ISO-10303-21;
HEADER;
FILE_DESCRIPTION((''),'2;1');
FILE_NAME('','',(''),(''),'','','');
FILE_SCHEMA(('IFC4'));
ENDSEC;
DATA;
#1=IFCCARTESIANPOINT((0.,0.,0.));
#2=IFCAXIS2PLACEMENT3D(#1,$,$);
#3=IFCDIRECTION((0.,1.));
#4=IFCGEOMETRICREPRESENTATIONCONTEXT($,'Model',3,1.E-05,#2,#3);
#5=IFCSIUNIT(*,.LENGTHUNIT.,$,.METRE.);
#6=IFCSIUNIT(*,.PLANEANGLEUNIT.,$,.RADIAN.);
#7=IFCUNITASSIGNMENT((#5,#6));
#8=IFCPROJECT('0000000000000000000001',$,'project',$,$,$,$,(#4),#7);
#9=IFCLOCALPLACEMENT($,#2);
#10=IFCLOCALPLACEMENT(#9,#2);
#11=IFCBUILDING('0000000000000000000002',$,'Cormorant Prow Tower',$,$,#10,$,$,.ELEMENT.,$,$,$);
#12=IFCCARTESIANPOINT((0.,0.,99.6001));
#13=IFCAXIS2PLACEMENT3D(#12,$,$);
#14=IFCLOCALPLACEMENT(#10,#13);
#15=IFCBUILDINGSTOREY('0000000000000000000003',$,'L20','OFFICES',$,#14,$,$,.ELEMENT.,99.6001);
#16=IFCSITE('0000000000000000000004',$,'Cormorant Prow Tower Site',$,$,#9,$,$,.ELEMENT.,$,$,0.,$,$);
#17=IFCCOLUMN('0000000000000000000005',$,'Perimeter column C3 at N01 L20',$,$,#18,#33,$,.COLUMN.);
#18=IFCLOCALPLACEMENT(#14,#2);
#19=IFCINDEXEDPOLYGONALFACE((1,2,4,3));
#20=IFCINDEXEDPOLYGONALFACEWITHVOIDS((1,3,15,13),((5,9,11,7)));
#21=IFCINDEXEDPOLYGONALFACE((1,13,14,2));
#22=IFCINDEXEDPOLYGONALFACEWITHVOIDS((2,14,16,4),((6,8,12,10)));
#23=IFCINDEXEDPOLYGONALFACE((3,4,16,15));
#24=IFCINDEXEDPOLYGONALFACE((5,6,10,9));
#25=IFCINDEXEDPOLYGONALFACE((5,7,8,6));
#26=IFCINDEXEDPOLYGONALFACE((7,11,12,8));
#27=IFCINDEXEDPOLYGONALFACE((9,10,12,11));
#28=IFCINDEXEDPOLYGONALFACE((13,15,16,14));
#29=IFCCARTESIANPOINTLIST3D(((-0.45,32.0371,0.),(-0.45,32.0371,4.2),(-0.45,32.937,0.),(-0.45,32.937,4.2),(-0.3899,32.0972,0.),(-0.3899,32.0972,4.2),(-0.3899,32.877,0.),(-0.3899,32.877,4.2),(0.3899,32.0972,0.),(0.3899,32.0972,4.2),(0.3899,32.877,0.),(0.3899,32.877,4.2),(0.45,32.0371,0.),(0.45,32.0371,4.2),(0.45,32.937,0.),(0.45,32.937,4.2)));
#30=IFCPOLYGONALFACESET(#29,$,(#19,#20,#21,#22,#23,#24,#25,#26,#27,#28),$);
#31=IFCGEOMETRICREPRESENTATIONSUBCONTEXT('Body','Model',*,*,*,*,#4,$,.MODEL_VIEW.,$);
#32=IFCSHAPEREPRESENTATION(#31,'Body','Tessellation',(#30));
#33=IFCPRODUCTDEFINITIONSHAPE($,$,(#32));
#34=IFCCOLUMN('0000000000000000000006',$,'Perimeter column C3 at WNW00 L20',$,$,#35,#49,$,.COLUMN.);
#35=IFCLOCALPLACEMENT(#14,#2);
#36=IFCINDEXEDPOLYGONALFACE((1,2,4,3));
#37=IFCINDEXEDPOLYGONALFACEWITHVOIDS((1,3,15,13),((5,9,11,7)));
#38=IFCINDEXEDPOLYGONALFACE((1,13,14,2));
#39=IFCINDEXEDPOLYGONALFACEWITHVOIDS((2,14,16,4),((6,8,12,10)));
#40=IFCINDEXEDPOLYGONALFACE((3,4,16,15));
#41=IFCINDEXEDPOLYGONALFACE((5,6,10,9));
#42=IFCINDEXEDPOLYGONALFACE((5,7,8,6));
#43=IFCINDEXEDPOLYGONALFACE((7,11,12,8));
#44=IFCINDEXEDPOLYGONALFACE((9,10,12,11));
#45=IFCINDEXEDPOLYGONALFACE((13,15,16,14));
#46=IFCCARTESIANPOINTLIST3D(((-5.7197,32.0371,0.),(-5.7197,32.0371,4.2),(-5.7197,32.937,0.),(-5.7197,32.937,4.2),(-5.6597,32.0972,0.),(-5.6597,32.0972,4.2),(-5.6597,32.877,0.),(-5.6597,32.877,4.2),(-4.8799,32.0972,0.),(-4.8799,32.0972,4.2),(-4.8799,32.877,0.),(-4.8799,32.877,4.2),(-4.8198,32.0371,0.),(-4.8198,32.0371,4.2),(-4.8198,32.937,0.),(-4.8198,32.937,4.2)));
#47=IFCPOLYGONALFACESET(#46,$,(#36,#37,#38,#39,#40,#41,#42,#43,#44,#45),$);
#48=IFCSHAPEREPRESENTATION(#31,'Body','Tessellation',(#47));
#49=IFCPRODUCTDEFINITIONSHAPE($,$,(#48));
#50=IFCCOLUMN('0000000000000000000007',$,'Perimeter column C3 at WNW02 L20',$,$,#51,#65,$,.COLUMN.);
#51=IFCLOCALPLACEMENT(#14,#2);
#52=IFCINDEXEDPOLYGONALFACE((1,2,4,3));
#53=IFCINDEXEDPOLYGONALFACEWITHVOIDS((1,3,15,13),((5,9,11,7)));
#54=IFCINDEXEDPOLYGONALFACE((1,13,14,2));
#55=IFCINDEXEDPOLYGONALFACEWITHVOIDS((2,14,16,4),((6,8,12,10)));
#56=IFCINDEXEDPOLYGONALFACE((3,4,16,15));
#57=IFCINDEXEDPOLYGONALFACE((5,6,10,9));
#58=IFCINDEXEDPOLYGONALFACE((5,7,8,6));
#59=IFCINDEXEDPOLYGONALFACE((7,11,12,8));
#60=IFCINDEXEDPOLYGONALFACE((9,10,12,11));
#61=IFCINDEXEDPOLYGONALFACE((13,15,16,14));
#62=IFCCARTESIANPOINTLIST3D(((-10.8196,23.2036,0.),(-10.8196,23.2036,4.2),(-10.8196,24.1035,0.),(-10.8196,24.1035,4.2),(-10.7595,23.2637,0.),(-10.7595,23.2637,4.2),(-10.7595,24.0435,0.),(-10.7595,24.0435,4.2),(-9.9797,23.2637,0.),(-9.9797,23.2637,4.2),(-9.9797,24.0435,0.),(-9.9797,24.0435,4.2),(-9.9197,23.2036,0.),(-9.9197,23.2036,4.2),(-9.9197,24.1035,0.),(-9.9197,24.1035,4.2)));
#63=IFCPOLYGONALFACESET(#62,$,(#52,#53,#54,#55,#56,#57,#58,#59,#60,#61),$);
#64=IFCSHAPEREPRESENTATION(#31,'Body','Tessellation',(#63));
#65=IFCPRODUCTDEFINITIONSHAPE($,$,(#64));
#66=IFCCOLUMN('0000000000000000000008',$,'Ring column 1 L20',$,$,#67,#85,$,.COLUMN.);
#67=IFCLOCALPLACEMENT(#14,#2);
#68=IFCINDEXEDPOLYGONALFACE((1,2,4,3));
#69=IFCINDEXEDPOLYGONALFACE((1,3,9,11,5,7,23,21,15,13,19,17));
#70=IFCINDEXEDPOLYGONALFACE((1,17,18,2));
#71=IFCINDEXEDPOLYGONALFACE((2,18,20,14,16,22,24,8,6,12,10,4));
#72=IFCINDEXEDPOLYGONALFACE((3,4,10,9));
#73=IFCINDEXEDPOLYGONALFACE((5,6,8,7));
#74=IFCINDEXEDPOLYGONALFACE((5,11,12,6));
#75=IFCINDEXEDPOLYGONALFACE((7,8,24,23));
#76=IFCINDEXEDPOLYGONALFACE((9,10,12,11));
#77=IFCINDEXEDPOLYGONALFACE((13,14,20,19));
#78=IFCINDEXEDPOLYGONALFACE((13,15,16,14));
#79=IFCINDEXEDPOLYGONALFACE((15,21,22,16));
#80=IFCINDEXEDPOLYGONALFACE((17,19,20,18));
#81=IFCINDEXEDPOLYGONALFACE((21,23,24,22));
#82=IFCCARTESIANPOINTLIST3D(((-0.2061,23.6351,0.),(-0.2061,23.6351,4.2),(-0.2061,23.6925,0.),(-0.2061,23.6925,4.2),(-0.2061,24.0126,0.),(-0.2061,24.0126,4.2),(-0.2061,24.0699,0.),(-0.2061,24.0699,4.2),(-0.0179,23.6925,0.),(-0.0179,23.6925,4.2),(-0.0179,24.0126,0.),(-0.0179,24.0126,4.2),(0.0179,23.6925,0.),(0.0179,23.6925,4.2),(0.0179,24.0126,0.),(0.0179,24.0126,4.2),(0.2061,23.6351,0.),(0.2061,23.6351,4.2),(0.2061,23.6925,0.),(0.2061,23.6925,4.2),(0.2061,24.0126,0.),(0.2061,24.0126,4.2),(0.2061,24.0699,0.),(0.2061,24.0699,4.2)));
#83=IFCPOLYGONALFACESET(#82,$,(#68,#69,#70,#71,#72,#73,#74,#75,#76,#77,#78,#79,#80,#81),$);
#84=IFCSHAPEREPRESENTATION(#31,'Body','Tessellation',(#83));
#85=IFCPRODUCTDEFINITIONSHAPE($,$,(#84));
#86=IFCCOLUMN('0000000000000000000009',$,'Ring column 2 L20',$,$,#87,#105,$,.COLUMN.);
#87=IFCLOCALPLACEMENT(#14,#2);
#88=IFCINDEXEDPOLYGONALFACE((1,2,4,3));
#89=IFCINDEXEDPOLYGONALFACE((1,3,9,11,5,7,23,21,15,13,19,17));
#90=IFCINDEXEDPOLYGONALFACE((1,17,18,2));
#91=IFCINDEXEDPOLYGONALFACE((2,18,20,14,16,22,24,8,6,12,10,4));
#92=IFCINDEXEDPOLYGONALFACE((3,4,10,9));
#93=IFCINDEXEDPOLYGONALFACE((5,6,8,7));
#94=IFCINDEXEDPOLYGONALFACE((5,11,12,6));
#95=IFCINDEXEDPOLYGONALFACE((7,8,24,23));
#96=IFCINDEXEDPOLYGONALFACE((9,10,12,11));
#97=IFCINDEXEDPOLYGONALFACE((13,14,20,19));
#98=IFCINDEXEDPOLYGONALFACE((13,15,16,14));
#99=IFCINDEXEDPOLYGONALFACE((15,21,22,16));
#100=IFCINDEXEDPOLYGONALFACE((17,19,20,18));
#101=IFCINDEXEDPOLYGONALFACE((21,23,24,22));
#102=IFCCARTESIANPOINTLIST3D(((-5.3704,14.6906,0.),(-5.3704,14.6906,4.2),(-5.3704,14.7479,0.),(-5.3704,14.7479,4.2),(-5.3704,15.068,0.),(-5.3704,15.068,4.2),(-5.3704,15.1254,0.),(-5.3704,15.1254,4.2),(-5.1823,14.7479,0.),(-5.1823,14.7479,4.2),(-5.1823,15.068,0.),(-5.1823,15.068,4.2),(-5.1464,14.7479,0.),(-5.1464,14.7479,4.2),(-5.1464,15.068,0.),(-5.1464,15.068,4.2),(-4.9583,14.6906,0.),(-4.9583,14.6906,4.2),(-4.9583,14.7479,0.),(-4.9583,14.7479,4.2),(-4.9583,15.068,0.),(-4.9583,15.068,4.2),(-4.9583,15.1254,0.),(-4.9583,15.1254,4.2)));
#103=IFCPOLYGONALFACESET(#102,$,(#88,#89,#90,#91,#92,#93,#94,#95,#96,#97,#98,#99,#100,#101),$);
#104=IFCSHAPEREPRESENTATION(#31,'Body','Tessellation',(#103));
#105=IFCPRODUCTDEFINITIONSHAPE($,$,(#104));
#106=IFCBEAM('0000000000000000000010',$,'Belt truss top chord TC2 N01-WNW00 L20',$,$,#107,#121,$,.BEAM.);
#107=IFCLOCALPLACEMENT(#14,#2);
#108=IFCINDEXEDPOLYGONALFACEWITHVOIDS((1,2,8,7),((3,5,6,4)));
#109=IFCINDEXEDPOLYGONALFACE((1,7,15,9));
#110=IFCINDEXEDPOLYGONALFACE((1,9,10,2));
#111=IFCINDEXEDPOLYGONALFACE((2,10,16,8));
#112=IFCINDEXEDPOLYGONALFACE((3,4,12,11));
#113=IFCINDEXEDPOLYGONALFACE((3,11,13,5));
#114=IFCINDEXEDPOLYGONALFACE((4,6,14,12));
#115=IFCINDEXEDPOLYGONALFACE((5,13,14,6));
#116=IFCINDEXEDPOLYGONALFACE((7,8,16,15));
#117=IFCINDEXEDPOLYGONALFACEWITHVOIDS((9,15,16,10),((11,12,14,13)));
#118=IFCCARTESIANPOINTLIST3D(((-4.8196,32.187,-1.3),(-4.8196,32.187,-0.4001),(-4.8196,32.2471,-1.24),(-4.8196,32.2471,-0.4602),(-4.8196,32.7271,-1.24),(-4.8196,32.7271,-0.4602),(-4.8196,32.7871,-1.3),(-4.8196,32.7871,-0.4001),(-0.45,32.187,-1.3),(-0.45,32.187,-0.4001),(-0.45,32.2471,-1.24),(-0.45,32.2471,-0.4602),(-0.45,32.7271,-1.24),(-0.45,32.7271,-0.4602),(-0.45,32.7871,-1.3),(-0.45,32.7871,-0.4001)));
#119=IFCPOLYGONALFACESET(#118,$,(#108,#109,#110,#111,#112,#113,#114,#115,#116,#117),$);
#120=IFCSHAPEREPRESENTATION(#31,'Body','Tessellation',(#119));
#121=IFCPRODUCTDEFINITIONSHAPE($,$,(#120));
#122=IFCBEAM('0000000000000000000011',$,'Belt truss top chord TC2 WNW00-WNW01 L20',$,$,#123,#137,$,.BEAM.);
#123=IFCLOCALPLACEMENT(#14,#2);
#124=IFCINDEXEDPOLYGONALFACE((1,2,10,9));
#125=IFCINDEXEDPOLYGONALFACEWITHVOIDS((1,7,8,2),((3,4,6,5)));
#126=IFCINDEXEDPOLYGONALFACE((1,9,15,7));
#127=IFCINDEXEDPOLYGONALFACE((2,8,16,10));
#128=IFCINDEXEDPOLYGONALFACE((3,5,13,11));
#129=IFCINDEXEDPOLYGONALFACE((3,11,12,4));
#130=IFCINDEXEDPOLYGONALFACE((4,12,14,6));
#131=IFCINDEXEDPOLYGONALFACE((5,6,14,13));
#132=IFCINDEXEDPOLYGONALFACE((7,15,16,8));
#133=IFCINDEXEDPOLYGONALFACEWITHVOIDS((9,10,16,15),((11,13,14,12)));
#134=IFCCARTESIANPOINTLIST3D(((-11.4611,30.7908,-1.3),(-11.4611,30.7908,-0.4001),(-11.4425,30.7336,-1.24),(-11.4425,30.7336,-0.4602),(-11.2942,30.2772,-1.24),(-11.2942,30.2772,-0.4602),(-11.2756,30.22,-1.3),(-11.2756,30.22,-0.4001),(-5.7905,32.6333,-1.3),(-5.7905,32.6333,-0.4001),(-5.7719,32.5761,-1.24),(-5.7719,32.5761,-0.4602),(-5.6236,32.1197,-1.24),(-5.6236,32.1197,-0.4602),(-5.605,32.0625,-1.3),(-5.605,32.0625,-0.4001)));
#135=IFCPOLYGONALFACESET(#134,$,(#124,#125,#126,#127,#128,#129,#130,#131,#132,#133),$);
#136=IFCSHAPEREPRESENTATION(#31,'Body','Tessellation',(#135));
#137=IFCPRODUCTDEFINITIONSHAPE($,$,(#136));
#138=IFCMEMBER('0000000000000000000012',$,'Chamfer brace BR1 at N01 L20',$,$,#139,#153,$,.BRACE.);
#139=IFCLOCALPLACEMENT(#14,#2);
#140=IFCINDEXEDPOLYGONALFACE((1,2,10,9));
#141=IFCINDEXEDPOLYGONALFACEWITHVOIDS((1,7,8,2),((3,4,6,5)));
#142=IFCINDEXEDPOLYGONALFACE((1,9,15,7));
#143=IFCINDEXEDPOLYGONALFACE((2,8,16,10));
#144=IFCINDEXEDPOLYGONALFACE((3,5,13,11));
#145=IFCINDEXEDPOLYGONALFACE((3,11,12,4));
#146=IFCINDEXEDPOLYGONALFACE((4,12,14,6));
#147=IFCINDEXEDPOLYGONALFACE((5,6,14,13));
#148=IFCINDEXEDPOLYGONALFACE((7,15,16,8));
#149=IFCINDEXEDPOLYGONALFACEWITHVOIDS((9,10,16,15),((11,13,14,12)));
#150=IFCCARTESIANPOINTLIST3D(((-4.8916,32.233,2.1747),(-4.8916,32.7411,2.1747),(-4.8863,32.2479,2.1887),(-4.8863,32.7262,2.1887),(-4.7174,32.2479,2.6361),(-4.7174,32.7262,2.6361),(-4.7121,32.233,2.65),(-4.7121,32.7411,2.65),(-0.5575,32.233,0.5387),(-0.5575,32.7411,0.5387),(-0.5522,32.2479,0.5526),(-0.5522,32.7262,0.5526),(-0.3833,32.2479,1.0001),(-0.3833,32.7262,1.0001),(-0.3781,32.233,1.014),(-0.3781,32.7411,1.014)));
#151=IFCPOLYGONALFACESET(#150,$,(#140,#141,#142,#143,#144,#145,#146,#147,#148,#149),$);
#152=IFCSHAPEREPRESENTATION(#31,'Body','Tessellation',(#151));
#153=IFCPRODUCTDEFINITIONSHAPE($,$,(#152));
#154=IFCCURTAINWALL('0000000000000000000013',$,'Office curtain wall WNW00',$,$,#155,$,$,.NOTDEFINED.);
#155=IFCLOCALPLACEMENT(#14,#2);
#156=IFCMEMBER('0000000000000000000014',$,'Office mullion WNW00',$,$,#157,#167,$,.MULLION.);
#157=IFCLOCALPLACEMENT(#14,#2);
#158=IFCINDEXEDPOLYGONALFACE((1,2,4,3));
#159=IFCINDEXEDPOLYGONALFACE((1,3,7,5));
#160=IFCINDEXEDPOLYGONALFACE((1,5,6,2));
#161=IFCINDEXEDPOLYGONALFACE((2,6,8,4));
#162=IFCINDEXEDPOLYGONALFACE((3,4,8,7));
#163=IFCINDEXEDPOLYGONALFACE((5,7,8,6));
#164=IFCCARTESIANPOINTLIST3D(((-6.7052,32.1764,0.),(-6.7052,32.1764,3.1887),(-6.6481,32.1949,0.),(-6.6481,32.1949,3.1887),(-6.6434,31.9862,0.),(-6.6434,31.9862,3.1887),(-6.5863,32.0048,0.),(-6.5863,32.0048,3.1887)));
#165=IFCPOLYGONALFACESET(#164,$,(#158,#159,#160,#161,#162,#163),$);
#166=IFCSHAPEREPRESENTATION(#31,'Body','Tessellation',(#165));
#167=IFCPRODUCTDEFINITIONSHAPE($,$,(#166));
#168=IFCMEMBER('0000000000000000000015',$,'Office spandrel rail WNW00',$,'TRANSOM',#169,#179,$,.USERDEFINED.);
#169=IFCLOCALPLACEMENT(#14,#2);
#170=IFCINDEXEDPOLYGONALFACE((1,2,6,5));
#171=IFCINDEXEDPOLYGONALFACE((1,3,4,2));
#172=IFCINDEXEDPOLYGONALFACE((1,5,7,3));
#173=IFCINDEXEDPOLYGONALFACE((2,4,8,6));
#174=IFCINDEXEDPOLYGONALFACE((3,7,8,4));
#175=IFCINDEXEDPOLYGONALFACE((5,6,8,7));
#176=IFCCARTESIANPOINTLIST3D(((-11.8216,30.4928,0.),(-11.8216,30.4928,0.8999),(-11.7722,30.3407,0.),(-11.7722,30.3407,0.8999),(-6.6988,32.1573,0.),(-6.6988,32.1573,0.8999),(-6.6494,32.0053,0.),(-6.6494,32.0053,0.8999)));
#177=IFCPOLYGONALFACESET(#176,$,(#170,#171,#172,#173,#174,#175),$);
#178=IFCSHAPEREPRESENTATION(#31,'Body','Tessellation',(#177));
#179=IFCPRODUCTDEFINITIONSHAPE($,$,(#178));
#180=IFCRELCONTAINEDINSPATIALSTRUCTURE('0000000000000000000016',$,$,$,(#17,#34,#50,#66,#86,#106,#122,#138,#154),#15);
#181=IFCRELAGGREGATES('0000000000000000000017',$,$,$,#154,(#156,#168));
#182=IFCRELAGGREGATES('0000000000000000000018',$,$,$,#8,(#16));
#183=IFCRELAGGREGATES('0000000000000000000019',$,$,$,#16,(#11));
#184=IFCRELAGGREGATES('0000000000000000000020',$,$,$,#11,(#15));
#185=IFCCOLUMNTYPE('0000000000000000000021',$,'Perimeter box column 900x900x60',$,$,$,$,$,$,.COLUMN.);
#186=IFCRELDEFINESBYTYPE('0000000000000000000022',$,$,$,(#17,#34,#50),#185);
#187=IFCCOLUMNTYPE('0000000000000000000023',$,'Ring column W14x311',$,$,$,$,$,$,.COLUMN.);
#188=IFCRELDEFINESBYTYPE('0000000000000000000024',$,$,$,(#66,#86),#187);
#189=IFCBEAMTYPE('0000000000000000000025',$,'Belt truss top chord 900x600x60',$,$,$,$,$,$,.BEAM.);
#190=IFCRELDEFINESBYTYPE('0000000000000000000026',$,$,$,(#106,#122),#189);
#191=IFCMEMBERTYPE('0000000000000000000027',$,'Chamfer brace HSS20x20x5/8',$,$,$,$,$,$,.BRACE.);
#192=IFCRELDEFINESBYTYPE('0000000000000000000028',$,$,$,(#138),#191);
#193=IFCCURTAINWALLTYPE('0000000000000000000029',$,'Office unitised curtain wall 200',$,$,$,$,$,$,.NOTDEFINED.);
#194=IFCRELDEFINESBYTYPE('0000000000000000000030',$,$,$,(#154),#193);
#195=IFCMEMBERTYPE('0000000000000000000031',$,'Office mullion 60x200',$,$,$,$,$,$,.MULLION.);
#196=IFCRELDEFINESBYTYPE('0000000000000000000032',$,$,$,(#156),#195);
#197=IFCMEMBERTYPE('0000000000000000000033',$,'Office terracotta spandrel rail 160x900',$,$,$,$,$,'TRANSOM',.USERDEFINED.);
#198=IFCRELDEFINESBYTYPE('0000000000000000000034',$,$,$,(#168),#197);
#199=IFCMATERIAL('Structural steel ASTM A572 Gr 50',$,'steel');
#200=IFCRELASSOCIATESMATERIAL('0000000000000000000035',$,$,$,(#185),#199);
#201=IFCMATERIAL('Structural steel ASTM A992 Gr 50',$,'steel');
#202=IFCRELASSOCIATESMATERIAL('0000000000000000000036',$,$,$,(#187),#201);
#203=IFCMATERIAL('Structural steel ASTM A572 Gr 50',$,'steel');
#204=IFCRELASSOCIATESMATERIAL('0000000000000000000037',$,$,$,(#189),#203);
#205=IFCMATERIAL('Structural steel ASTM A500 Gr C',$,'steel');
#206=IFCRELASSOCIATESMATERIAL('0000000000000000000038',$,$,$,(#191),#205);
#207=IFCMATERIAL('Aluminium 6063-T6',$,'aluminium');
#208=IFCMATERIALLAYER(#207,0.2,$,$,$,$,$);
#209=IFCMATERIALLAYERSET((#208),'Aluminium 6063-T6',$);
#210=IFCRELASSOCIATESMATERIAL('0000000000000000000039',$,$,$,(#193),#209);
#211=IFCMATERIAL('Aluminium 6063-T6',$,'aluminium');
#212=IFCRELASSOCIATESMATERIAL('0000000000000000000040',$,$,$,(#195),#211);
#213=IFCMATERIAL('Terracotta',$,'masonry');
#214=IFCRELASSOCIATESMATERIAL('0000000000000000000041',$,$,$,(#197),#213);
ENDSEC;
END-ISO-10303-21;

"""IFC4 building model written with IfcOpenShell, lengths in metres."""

from ifc_helpers import new_model, si_unit, direction, frame, origin, origin_2d, place, context, subcontext, project, spatial, rectangle, hollow_rectangle, i_section, extrude, material, layer, layer_set, material_profile, profile_set, type_object, element, aggregate, save


model = new_model("IFC4")

# Units and contexts
model_context = context("Model", 3, precision=1e-05, world=origin(), true_north=direction((0.0, 1.0)))
body_context = subcontext(model_context, "Body", "Model", "MODEL_VIEW")
ifc_project = project(units=[si_unit("LENGTHUNIT", "METRE"), si_unit("PLANEANGLEUNIT", "RADIAN")], contexts=[model_context])

# Site, building, storey
site_placement = place(None, origin())
site = spatial("IfcSite", under=ifc_project, at=site_placement, Name="Cormorant Prow Tower Site", CompositionType="ELEMENT", RefElevation=0.0)
building_placement = place(site_placement, origin())
building = spatial("IfcBuilding", under=site, at=building_placement, Name="Cormorant Prow Tower", CompositionType="ELEMENT")
storey_placement = place(building_placement, frame((0.0, 0.0, 99.6001)))
storey = spatial("IfcBuildingStorey", under=building, at=storey_placement, Name="L20", Description="OFFICES", CompositionType="ELEMENT", Elevation=99.6001)

# Columns
ifc_material_1 = material(Name="Structural steel ASTM A572 Gr 50", Category="steel")
ifc_material_profile_1 = material_profile(ifc_material_1, hollow_rectangle(XDim=0.8999, YDim=0.8999, WallThickness=0.0601, at=origin_2d()), Name="Box 900x900x60")
ifc_profile_set_1 = profile_set([ifc_material_profile_1], Name="Structural steel ASTM A572 Gr 50")
column_type_1 = type_object("IfcColumnType", Name="Perimeter box column 900x900x60", PredefinedType="COLUMN", material=ifc_profile_set_1)
for number, where, z_axis, x_axis, name in (
    (1, (0.0, 32.4871, 0.0), (0.0, 0.0, 1.0), (1.0, 0.0, 0.0), "Perimeter column C3 at N01 L20"),
    (2, (-5.2698, 32.4871, 0.0), (0.0, 0.0, 1.0), (1.0, 0.0, 0.0), "Perimeter column C3 at WNW00 L20"),
    (3, (-10.3696, 23.6536, 0.0), (0.0, 0.0, 1.0), (1.0, 0.0, 0.0), "Perimeter column C3 at WNW02 L20"),
):
    element("IfcColumn", number, at=place(storey_placement, frame(where, z_axis=z_axis, x_axis=x_axis)), inside=storey, type_object=column_type_1, Name=name, PredefinedType="COLUMN", context=body_context, shape_type="SweptSolid", body=[
        extrude(hollow_rectangle(XDim=0.8999, YDim=0.8999, WallThickness=0.0601, at=origin_2d()), origin(), (0.0, 0.0, 1.0), 4.2),
    ])
ifc_material_2 = material(Name="Structural steel ASTM A992 Gr 50", Category="steel")
ifc_material_profile_2 = material_profile(ifc_material_2, i_section(OverallWidth=0.4121, OverallDepth=0.4348, WebThickness=0.0359, FlangeThickness=0.0574, at=origin_2d()), Name="W14x311")
ifc_profile_set_2 = profile_set([ifc_material_profile_2], Name="Structural steel ASTM A992 Gr 50")
column_type_2 = type_object("IfcColumnType", Name="Ring column W14x311", PredefinedType="COLUMN", material=ifc_profile_set_2)
for number, where, z_axis, x_axis, name in (
    (4, (0.0, 23.8525, 0.0), (0.0, 0.0, 1.0), (1.0, 0.0, 0.0), "Ring column 1 L20"),
    (5, (-5.1643, 14.908, 0.0), (0.0, 0.0, 1.0), (1.0, 0.0, 0.0), "Ring column 2 L20"),
):
    element("IfcColumn", number, at=place(storey_placement, frame(where, z_axis=z_axis, x_axis=x_axis)), inside=storey, type_object=column_type_2, Name=name, PredefinedType="COLUMN", context=body_context, shape_type="SweptSolid", body=[
        extrude(i_section(OverallWidth=0.4121, OverallDepth=0.4348, WebThickness=0.0359, FlangeThickness=0.0574, at=origin_2d()), origin(), (0.0, 0.0, 1.0), 4.2),
    ])

# Beams
ifc_material_3 = material(Name="Structural steel ASTM A572 Gr 50", Category="steel")
ifc_material_profile_3 = material_profile(ifc_material_3, hollow_rectangle(XDim=0.6001, YDim=0.8999, WallThickness=0.0601, at=origin_2d()), Name="Box 900x600x60")
ifc_profile_set_3 = profile_set([ifc_material_profile_3], Name="Structural steel ASTM A572 Gr 50")
beam_type_1 = type_object("IfcBeamType", Name="Belt truss top chord 900x600x60", PredefinedType="BEAM", material=ifc_profile_set_3)
beam_1_placement = place(storey_placement, frame((-0.45, 32.4871, -0.8501), z_axis=(-1.0, 0.0, 0.0), x_axis=(0.0, -1.0, 0.0)))
element("IfcBeam", 6, at=beam_1_placement, inside=storey, type_object=beam_type_1, Name="Belt truss top chord TC2 N01-WNW00 L20", PredefinedType="BEAM", context=body_context, shape_type="SweptSolid", body=[
    extrude(hollow_rectangle(XDim=0.6001, YDim=0.8999, WallThickness=0.0601, at=origin_2d()), origin(), (0.0, 0.0, 1.0), 4.3696),
])
beam_2_placement = place(storey_placement, frame((-5.6978, 32.3479, -0.8501), z_axis=(-0.951055, -0.30902, 0.0), x_axis=(0.30902, -0.951055, 0.0)))
element("IfcBeam", 7, at=beam_2_placement, inside=storey, type_object=beam_type_1, Name="Belt truss top chord TC2 WNW00-WNW01 L20", PredefinedType="BEAM", context=body_context, shape_type="SweptSolid", body=[
    extrude(hollow_rectangle(XDim=0.6001, YDim=0.8999, WallThickness=0.0601, at=origin_2d()), origin(), (0.0, 0.0, 1.0), 5.9624),
])

# Member
ifc_material_4 = material(Name="Structural steel ASTM A500 Gr C", Category="steel")
ifc_material_profile_4 = material_profile(ifc_material_4, hollow_rectangle(XDim=0.5081, YDim=0.5081, WallThickness=0.0149, at=origin_2d()), Name="HSS20x20x5/8")
ifc_profile_set_4 = profile_set([ifc_material_profile_4], Name="Structural steel ASTM A500 Gr C")
member_type_1 = type_object("IfcMemberType", Name="Chamfer brace HSS20x20x5/8", PredefinedType="BRACE", material=ifc_profile_set_4)
member_1_placement = place(storey_placement, frame((-0.4678, 32.4871, 0.7764), z_axis=(-0.935565, 0.0, 0.353156), x_axis=(0.0, -1.0, 0.0)))
element("IfcMember", 8, at=member_1_placement, inside=storey, type_object=member_type_1, Name="Chamfer brace BR1 at N01 L20", PredefinedType="BRACE", context=body_context, shape_type="SweptSolid", body=[
    extrude(hollow_rectangle(XDim=0.5081, YDim=0.5081, WallThickness=0.0149, at=origin_2d()), origin(), (0.0, 0.0, 1.0), 4.6326),
])

# Curtain wall, members
ifc_material_5 = material(Name="Aluminium 6063-T6", Category="aluminium")
ifc_layer_1 = layer(ifc_material_5, 0.2)
ifc_layer_set_1 = layer_set([ifc_layer_1], Name="Aluminium 6063-T6")
curtain_wall_type = type_object("IfcCurtainWallType", Name="Office unitised curtain wall 200", PredefinedType="NOTDEFINED", material=ifc_layer_set_1)
curtain_wall_placement = place(storey_placement, origin())
curtain_wall = element("IfcCurtainWall", 9, at=curtain_wall_placement, inside=storey, type_object=curtain_wall_type, Name="Office curtain wall WNW00", PredefinedType="NOTDEFINED")
ifc_material_6 = material(Name="Aluminium 6063-T6", Category="aluminium")
ifc_material_profile_5 = material_profile(ifc_material_6, rectangle(XDim=0.2, YDim=0.0601, at=origin_2d()), Name="Office mullion 60x200")
ifc_profile_set_5 = profile_set([ifc_material_profile_5], Name="Aluminium 6063-T6")
member_type_2 = type_object("IfcMemberType", Name="Office mullion 60x200", PredefinedType="MULLION", material=ifc_profile_set_5)
member_2_placement = place(storey_placement, frame((-6.6458, 32.0906, 0.0), z_axis=(0.0, 0.0, 1.0), x_axis=(0.309017, -0.951057, 0.0)))
member_2 = element("IfcMember", 10, at=member_2_placement, type_object=member_type_2, Name="Office mullion WNW00", PredefinedType="MULLION", context=body_context, shape_type="SweptSolid", body=[
    extrude(rectangle(XDim=0.2, YDim=0.0601, at=origin_2d()), origin(), (0.0, 0.0, 1.0), 3.1887),
])
ifc_material_7 = material(Name="Terracotta", Category="masonry")
ifc_material_profile_6 = material_profile(ifc_material_7, rectangle(XDim=0.1599, YDim=0.8999, at=origin_2d()), Name="Office terracotta spandrel rail 160x900")
ifc_profile_set_6 = profile_set([ifc_material_profile_6], Name="Terracotta")
member_type_3 = type_object("IfcMemberType", Name="Office terracotta spandrel rail 160x900", ElementType="TRANSOM", PredefinedType="USERDEFINED", material=ifc_profile_set_6)
member_3_placement = place(storey_placement, frame((-6.6741, 32.0813, 0.45), z_axis=(-0.951054, -0.309026, 0.0), x_axis=(0.309026, -0.951054, 0.0)))
member_3 = element("IfcMember", 11, at=member_3_placement, type_object=member_type_3, Name="Office spandrel rail WNW00", ObjectType="TRANSOM", PredefinedType="USERDEFINED", context=body_context, shape_type="SweptSolid", body=[
    extrude(rectangle(XDim=0.1599, YDim=0.8999, at=origin_2d()), origin(), (0.0, 0.0, 1.0), 5.3865),
])

aggregate(curtain_wall, [member_2, member_3])

save(model, "model.ifc")
